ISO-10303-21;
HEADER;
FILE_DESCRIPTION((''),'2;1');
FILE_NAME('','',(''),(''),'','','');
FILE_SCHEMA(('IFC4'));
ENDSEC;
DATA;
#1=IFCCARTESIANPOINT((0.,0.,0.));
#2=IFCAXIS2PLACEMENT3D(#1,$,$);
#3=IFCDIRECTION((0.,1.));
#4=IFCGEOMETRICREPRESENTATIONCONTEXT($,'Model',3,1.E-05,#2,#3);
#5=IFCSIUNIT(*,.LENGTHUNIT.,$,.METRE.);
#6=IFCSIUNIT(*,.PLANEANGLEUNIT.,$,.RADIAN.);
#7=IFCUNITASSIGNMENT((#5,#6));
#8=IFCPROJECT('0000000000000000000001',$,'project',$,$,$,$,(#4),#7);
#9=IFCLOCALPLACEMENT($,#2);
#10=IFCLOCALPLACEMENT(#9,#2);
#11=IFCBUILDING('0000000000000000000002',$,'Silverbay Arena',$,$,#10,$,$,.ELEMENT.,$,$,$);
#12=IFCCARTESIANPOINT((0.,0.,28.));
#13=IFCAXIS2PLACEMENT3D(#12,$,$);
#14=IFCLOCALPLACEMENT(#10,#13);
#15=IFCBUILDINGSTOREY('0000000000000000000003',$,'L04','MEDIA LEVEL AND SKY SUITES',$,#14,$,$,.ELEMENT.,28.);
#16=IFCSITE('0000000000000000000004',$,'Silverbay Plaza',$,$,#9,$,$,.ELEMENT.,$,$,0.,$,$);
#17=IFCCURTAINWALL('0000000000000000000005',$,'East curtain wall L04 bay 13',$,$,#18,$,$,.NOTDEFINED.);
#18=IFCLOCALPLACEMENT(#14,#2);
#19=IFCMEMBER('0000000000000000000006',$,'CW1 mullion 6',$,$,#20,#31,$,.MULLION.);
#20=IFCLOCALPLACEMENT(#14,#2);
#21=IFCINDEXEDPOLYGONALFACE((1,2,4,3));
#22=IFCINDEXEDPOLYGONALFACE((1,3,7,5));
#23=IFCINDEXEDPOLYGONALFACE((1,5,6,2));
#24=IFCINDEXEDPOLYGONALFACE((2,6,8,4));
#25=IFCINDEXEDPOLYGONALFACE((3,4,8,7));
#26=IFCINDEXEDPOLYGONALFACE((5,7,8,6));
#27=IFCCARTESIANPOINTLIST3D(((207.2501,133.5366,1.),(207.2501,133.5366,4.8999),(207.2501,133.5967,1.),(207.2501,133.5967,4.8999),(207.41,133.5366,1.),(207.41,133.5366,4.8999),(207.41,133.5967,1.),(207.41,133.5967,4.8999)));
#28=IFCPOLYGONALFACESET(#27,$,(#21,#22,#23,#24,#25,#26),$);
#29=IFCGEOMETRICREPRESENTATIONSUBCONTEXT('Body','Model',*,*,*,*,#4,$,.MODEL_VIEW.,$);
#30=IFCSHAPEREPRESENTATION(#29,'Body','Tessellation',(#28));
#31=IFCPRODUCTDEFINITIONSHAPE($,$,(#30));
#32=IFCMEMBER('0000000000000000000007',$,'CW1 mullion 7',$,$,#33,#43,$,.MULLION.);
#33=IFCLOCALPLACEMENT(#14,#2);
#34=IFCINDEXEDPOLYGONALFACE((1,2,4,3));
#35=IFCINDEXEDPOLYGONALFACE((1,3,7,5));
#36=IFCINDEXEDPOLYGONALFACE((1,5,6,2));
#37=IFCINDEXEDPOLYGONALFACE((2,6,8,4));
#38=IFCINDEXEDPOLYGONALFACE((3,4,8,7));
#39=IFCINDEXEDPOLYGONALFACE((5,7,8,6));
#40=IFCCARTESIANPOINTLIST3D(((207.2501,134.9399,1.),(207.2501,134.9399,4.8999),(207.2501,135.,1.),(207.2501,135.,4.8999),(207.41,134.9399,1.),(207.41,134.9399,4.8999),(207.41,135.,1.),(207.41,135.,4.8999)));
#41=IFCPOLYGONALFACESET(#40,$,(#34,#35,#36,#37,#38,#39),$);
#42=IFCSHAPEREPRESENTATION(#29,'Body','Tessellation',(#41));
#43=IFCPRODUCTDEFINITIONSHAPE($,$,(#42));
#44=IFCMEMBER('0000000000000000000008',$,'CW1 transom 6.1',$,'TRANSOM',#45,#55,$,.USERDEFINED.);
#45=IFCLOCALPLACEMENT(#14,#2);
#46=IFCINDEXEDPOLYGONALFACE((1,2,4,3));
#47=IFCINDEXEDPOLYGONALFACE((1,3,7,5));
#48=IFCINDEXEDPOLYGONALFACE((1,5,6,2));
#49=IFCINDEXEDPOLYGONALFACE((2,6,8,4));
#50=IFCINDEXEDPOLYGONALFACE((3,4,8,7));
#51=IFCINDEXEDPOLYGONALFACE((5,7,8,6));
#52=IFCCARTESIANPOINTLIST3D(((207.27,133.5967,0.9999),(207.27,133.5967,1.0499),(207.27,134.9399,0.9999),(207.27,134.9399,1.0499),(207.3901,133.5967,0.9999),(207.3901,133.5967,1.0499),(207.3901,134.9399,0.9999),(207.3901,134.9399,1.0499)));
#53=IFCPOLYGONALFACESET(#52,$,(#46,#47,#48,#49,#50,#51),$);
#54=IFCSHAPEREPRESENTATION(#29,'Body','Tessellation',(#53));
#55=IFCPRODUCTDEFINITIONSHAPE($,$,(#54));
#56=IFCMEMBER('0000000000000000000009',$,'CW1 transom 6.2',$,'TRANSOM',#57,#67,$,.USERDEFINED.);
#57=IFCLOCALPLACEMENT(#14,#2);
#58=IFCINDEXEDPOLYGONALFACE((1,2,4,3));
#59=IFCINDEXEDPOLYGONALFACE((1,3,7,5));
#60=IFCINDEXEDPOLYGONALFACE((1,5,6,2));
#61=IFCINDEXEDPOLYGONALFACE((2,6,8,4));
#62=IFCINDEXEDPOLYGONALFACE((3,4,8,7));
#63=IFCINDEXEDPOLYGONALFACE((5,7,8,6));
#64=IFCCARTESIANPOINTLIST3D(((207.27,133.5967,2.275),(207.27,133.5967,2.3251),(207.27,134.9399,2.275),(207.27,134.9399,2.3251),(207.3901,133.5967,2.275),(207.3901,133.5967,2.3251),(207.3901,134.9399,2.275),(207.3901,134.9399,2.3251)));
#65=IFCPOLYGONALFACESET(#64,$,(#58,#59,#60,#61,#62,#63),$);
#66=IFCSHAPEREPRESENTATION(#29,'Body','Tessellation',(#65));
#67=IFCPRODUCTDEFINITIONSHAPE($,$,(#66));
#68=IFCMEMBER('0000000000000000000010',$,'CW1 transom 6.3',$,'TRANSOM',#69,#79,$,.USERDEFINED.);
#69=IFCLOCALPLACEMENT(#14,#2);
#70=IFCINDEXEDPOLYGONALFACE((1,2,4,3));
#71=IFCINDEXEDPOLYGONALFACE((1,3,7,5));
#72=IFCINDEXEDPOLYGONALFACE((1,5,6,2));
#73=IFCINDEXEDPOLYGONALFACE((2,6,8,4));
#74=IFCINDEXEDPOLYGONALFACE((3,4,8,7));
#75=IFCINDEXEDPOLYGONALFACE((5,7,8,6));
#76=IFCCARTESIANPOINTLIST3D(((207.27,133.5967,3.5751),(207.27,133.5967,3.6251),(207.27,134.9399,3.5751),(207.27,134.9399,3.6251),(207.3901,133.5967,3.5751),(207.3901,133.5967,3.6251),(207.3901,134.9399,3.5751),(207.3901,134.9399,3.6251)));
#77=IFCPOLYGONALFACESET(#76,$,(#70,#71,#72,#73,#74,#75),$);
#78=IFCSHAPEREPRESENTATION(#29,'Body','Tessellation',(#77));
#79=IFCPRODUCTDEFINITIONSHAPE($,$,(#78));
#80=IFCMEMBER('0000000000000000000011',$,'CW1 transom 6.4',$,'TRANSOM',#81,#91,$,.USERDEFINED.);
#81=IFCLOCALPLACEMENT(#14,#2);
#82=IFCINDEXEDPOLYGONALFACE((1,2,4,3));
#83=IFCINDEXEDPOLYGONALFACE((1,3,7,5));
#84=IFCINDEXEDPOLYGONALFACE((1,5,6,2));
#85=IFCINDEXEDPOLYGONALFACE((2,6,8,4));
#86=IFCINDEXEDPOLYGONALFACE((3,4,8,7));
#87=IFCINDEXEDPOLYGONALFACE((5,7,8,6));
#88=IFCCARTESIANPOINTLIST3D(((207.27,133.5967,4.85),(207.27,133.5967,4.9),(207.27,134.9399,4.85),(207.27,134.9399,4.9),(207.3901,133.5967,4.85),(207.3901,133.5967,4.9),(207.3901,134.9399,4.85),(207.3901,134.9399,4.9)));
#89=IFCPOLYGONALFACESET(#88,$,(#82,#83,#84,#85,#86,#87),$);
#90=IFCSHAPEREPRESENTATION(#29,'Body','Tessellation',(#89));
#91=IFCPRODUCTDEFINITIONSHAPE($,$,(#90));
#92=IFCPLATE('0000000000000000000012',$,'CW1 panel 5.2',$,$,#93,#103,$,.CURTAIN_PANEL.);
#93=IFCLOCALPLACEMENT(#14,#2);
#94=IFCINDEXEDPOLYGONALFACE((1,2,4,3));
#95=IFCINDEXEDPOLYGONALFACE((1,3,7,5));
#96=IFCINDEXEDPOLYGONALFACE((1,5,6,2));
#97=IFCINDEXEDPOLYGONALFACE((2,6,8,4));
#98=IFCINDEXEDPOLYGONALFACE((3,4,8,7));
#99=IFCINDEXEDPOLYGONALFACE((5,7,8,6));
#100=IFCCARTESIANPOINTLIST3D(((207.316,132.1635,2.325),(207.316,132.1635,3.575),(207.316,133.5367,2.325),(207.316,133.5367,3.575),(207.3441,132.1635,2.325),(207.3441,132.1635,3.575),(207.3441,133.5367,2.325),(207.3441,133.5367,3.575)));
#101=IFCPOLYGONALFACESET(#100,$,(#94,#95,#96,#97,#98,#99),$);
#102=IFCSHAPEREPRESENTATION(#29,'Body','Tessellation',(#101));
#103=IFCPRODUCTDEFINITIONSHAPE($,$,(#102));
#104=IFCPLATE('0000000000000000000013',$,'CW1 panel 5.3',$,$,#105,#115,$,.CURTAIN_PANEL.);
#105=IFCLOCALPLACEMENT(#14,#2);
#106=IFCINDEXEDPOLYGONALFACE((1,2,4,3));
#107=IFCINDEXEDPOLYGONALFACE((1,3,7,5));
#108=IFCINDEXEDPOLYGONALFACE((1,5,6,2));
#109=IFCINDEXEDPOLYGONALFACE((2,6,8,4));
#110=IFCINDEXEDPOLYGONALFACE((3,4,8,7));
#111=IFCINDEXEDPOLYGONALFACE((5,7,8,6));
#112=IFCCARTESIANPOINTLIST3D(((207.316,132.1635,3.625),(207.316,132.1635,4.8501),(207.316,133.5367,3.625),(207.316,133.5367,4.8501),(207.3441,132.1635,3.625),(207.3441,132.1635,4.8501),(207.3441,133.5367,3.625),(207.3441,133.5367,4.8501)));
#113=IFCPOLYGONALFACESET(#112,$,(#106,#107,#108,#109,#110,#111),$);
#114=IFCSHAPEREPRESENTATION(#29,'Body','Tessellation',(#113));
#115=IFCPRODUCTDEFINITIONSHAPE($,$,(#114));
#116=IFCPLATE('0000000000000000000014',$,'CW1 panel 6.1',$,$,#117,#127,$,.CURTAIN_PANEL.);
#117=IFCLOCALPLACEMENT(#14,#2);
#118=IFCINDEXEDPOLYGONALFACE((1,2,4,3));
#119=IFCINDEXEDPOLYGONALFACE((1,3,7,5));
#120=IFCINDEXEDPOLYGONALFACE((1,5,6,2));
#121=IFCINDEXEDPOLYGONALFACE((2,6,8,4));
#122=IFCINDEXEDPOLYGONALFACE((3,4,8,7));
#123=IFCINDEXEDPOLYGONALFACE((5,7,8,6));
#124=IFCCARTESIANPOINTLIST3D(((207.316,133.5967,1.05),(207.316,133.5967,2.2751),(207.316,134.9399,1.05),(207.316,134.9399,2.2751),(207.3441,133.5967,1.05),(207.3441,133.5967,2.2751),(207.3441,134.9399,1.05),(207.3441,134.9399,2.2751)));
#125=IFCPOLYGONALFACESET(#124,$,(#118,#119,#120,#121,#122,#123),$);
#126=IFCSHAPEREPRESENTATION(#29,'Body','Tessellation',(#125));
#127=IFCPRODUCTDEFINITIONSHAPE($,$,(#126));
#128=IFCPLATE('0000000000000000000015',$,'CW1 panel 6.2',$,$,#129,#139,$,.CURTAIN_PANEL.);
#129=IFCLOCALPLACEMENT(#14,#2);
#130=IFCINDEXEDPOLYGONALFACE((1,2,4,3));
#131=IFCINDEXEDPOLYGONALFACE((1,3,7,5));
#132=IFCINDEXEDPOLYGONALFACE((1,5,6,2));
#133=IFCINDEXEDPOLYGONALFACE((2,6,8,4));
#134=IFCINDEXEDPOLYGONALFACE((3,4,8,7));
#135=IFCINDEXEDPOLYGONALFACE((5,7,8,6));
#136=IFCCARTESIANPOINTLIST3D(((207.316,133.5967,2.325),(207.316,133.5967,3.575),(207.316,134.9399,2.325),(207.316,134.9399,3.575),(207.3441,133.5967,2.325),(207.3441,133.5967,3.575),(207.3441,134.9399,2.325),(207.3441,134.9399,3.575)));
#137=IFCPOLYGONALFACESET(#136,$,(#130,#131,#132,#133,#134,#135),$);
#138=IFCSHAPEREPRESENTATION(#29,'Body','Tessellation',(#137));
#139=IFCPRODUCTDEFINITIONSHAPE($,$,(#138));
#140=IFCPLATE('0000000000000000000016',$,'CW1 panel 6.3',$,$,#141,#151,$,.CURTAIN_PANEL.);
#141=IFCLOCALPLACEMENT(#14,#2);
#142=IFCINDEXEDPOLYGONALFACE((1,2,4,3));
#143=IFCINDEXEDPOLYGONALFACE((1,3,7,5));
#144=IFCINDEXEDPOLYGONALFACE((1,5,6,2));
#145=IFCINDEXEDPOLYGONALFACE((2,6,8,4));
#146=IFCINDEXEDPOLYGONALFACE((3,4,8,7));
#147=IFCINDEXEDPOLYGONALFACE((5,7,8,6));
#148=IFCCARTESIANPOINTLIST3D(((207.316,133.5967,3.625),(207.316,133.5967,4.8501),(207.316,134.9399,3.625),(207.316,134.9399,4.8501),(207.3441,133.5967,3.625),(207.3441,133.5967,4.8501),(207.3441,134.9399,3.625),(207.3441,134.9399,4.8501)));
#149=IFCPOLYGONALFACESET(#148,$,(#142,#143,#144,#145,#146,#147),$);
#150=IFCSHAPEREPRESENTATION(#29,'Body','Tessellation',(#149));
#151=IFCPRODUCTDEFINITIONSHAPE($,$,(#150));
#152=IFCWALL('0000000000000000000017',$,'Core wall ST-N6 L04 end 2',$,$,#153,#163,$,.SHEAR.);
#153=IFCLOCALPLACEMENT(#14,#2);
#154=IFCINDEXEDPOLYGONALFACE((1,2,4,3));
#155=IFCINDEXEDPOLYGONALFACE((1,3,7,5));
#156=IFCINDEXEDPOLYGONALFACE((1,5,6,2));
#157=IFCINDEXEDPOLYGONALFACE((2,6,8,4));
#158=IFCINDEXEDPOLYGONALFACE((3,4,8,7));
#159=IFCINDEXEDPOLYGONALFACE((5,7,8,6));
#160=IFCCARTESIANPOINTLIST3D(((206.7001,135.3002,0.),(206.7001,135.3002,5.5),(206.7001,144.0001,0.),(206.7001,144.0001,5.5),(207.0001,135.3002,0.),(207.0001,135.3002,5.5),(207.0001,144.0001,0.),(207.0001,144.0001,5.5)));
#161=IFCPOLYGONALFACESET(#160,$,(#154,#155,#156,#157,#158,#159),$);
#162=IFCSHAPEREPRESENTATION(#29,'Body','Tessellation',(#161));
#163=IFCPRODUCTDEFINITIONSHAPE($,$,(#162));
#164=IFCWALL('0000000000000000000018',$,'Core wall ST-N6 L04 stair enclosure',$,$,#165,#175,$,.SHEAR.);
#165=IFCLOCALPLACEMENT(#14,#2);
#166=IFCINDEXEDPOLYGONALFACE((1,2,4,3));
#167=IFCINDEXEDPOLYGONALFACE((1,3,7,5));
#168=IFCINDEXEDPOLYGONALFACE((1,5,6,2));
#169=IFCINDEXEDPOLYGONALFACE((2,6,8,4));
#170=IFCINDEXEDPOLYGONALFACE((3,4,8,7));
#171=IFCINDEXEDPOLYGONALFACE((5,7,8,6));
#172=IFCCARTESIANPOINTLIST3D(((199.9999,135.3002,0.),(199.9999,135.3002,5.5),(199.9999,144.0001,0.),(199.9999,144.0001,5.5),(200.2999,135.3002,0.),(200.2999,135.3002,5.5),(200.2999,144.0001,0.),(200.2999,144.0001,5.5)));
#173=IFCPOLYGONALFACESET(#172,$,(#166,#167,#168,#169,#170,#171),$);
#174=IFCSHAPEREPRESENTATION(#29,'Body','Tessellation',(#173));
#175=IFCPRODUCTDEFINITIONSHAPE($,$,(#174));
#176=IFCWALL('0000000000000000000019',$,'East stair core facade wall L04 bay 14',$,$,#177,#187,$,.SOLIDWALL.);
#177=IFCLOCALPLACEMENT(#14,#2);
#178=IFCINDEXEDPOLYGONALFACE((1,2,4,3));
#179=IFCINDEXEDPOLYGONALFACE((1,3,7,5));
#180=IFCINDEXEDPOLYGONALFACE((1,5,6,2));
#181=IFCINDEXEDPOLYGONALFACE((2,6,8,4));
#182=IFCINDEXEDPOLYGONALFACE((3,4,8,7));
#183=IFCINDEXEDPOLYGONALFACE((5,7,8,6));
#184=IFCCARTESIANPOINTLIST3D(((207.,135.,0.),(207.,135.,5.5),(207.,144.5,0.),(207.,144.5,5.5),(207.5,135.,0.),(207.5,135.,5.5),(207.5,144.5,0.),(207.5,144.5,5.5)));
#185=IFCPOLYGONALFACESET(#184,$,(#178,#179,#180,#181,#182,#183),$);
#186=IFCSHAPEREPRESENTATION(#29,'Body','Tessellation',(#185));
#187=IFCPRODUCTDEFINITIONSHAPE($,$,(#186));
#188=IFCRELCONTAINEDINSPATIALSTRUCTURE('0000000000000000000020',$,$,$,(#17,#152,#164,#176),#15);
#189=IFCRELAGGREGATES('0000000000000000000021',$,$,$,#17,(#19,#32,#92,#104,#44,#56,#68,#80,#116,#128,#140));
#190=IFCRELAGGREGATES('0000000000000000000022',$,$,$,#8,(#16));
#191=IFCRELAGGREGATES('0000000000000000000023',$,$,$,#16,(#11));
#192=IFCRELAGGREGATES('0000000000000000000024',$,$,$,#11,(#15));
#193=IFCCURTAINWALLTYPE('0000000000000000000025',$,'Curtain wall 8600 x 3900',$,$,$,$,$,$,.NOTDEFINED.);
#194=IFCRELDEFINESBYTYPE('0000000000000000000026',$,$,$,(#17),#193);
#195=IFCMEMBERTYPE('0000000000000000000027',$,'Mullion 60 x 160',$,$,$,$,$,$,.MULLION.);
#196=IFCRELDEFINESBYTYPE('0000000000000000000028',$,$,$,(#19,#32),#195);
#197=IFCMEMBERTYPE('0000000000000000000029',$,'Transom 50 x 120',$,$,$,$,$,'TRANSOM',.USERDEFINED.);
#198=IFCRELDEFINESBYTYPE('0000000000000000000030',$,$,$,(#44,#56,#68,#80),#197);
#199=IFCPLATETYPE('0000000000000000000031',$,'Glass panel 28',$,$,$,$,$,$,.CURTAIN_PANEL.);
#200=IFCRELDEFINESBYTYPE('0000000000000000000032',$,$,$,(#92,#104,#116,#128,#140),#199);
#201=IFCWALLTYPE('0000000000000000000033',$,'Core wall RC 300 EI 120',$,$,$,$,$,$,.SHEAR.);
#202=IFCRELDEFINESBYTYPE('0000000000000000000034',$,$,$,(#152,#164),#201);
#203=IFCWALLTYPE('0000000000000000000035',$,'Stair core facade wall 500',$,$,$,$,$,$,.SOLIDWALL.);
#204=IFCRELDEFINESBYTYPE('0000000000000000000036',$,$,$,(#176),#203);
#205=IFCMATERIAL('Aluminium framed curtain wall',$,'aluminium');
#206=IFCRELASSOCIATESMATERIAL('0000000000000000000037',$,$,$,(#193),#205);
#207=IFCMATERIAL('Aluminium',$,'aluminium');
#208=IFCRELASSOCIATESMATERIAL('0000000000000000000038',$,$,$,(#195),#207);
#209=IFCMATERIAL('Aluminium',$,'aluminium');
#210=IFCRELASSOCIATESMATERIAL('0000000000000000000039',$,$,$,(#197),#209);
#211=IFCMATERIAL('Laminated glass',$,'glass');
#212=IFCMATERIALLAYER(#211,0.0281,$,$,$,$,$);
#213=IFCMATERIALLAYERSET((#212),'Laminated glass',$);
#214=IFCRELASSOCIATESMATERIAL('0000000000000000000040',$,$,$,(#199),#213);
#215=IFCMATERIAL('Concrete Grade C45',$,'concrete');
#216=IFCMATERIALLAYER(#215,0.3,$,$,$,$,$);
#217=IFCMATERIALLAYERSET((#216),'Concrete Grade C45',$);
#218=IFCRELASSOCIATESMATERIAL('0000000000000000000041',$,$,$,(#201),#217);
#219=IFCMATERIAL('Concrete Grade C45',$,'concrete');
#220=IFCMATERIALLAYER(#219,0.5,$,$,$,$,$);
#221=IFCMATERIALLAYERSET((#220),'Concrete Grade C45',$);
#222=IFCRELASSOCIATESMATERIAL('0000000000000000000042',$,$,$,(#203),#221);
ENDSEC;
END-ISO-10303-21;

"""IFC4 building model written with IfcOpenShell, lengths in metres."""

from ifc_helpers import new_model, si_unit, direction, frame, frame_2d, origin, origin_2d, place, context, subcontext, project, spatial, rectangle, extrude, material, layer, layer_set, material_profile, profile_set, type_object, element, aggregate, save


model = new_model("IFC4")

# Units and contexts
model_context = context("Model", 3, precision=1e-05, world=origin(), true_north=direction((0.0, 1.0)))
body_context = subcontext(model_context, "Body", "Model", "MODEL_VIEW")
ifc_project = project(units=[si_unit("LENGTHUNIT", "METRE"), si_unit("PLANEANGLEUNIT", "RADIAN")], contexts=[model_context])

# Site, building, storey
site_placement = place(None, origin())
site = spatial("IfcSite", under=ifc_project, at=site_placement, Name="Silverbay Plaza", CompositionType="ELEMENT", RefElevation=0.0)
building_placement = place(site_placement, origin())
building = spatial("IfcBuilding", under=site, at=building_placement, Name="Silverbay Arena", CompositionType="ELEMENT")
storey_placement = place(building_placement, frame((0.0, 0.0, 28.0)))
storey = spatial("IfcBuildingStorey", under=building, at=storey_placement, Name="L04", Description="MEDIA LEVEL AND SKY SUITES", CompositionType="ELEMENT", Elevation=28.0)

# Curtain wall, members, plates
ifc_material_1 = material(Name="Aluminium framed curtain wall", Category="aluminium")
curtain_wall_type = type_object("IfcCurtainWallType", Name="Curtain wall 8600 x 3900", PredefinedType="NOTDEFINED", material=ifc_material_1)
curtain_wall_placement = place(storey_placement, origin())
curtain_wall = element("IfcCurtainWall", 1, at=curtain_wall_placement, inside=storey, type_object=curtain_wall_type, Name="East curtain wall L04 bay 13", PredefinedType="NOTDEFINED")
ifc_material_2 = material(Name="Aluminium", Category="aluminium")
ifc_material_profile_1 = material_profile(ifc_material_2, rectangle(XDim=0.1599, YDim=0.0601, at=origin_2d()), Name="Mullion 60 x 160")
ifc_profile_set_1 = profile_set([ifc_material_profile_1], Name="Aluminium")
member_type_1 = type_object("IfcMemberType", Name="Mullion 60 x 160", PredefinedType="MULLION", material=ifc_profile_set_1)
member_1_placement = place(storey_placement, frame((207.3301, 133.5667, 1.0), z_axis=(0.0, 0.0, 1.0), x_axis=(-1.0, 0.0, 0.0)))
member_1 = element("IfcMember", 2, at=member_1_placement, type_object=member_type_1, Name="CW1 mullion 6", PredefinedType="MULLION", context=body_context, shape_type="SweptSolid", body=[
    extrude(rectangle(XDim=0.1599, YDim=0.0601, at=origin_2d()), origin(), (0.0, 0.0, 1.0), 3.8999),
])
member_2_placement = place(storey_placement, frame((207.3301, 134.97, 1.0), z_axis=(0.0, 0.0, 1.0), x_axis=(-1.0, 0.0, 0.0)))
member_2 = element("IfcMember", 3, at=member_2_placement, type_object=member_type_1, Name="CW1 mullion 7", PredefinedType="MULLION", context=body_context, shape_type="SweptSolid", body=[
    extrude(rectangle(XDim=0.1599, YDim=0.0601, at=origin_2d()), origin(), (0.0, 0.0, 1.0), 3.8999),
])
ifc_material_3 = material(Name="Aluminium", Category="aluminium")
ifc_material_profile_2 = material_profile(ifc_material_3, rectangle(XDim=0.1201, YDim=0.05, at=origin_2d()), Name="Transom 50 x 120")
ifc_profile_set_2 = profile_set([ifc_material_profile_2], Name="Aluminium")
member_type_2 = type_object("IfcMemberType", Name="Transom 50 x 120", ElementType="TRANSOM", PredefinedType="USERDEFINED", material=ifc_profile_set_2)
member_3_placement = place(storey_placement, frame((207.3301, 133.5967, 1.0249), z_axis=(0.0, 1.0, 0.0), x_axis=(-1.0, 0.0, 0.0)))
member_3 = element("IfcMember", 4, at=member_3_placement, type_object=member_type_2, Name="CW1 transom 6.1", ObjectType="TRANSOM", PredefinedType="USERDEFINED", context=body_context, shape_type="SweptSolid", body=[
    extrude(rectangle(XDim=0.1201, YDim=0.05, at=origin_2d()), origin(), (0.0, 0.0, 1.0), 1.3433),
])
member_4_placement = place(storey_placement, frame((207.3301, 133.5967, 2.3), z_axis=(0.0, 1.0, 0.0), x_axis=(-1.0, 0.0, 0.0)))
member_4 = element("IfcMember", 5, at=member_4_placement, type_object=member_type_2, Name="CW1 transom 6.2", ObjectType="TRANSOM", PredefinedType="USERDEFINED", context=body_context, shape_type="SweptSolid", body=[
    extrude(rectangle(XDim=0.1201, YDim=0.05, at=origin_2d()), origin(), (0.0, 0.0, 1.0), 1.3433),
])
member_5_placement = place(storey_placement, frame((207.3301, 133.5967, 3.6001), z_axis=(0.0, 1.0, 0.0), x_axis=(-1.0, 0.0, 0.0)))
member_5 = element("IfcMember", 6, at=member_5_placement, type_object=member_type_2, Name="CW1 transom 6.3", ObjectType="TRANSOM", PredefinedType="USERDEFINED", context=body_context, shape_type="SweptSolid", body=[
    extrude(rectangle(XDim=0.1201, YDim=0.05, at=origin_2d()), origin(), (0.0, 0.0, 1.0), 1.3433),
])
member_6_placement = place(storey_placement, frame((207.3301, 133.5967, 4.875), z_axis=(0.0, 1.0, 0.0), x_axis=(-1.0, 0.0, 0.0)))
member_6 = element("IfcMember", 7, at=member_6_placement, type_object=member_type_2, Name="CW1 transom 6.4", ObjectType="TRANSOM", PredefinedType="USERDEFINED", context=body_context, shape_type="SweptSolid", body=[
    extrude(rectangle(XDim=0.1201, YDim=0.05, at=origin_2d()), origin(), (0.0, 0.0, 1.0), 1.3433),
])
ifc_material_4 = material(Name="Laminated glass", Category="glass")
ifc_layer_1 = layer(ifc_material_4, 0.0281)
ifc_layer_set_1 = layer_set([ifc_layer_1], Name="Laminated glass")
plate_type = type_object("IfcPlateType", Name="Glass panel 28", PredefinedType="CURTAIN_PANEL", material=ifc_layer_set_1)
plate_1_placement = place(storey_placement, frame((207.3301, 132.8501, 2.325), z_axis=(0.0, 0.0, 1.0), x_axis=(0.0, 1.0, 0.0)))
plate_1 = element("IfcPlate", 8, at=plate_1_placement, type_object=plate_type, Name="CW1 panel 5.2", PredefinedType="CURTAIN_PANEL", context=body_context, shape_type="SweptSolid", body=[
    extrude(rectangle(XDim=1.3733, YDim=0.0281, at=origin_2d()), origin(), (0.0, 0.0, 1.0), 1.25),
])
plate_2_placement = place(storey_placement, frame((207.3301, 132.8501, 3.625), z_axis=(0.0, 0.0, 1.0), x_axis=(0.0, 1.0, 0.0)))
plate_2 = element("IfcPlate", 9, at=plate_2_placement, type_object=plate_type, Name="CW1 panel 5.3", PredefinedType="CURTAIN_PANEL", context=body_context, shape_type="SweptSolid", body=[
    extrude(rectangle(XDim=1.3733, YDim=0.0281, at=origin_2d()), origin(), (0.0, 0.0, 1.0), 1.2251),
])
plate_3_placement = place(storey_placement, frame((207.3301, 134.2683, 1.05), z_axis=(0.0, 0.0, 1.0), x_axis=(0.0, 1.0, 0.0)))
plate_3 = element("IfcPlate", 10, at=plate_3_placement, type_object=plate_type, Name="CW1 panel 6.1", PredefinedType="CURTAIN_PANEL", context=body_context, shape_type="SweptSolid", body=[
    extrude(rectangle(XDim=1.3433, YDim=0.0281, at=origin_2d()), origin(), (0.0, 0.0, 1.0), 1.2251),
])
plate_4_placement = place(storey_placement, frame((207.3301, 134.2683, 2.325), z_axis=(0.0, 0.0, 1.0), x_axis=(0.0, 1.0, 0.0)))
plate_4 = element("IfcPlate", 11, at=plate_4_placement, type_object=plate_type, Name="CW1 panel 6.2", PredefinedType="CURTAIN_PANEL", context=body_context, shape_type="SweptSolid", body=[
    extrude(rectangle(XDim=1.3433, YDim=0.0281, at=origin_2d()), origin(), (0.0, 0.0, 1.0), 1.25),
])
plate_5_placement = place(storey_placement, frame((207.3301, 134.2683, 3.625), z_axis=(0.0, 0.0, 1.0), x_axis=(0.0, 1.0, 0.0)))
plate_5 = element("IfcPlate", 12, at=plate_5_placement, type_object=plate_type, Name="CW1 panel 6.3", PredefinedType="CURTAIN_PANEL", context=body_context, shape_type="SweptSolid", body=[
    extrude(rectangle(XDim=1.3433, YDim=0.0281, at=origin_2d()), origin(), (0.0, 0.0, 1.0), 1.2251),
])
aggregate(curtain_wall, [member_1, member_2, plate_1, plate_2, member_3, member_4, member_5, member_6, plate_3, plate_4, plate_5])

# Walls
ifc_material_5 = material(Name="Concrete Grade C45", Category="concrete")
ifc_layer_2 = layer(ifc_material_5, 0.3)
ifc_layer_set_2 = layer_set([ifc_layer_2], Name="Concrete Grade C45")
wall_type_1 = type_object("IfcWallType", Name="Core wall RC 300 EI 120", PredefinedType="SHEAR", material=ifc_layer_set_2)
for number, where, z_axis, x_axis, name in (
    (13, (206.8501, 135.3, 0.0), (0.0, 0.0, 1.0), (0.0, 1.0, 0.0), "Core wall ST-N6 L04 end 2"),
    (14, (200.1499, 135.3, 0.0), (0.0, 0.0, 1.0), (0.0, 1.0, 0.0), "Core wall ST-N6 L04 stair enclosure"),
):
    element("IfcWall", number, at=place(storey_placement, frame(where, z_axis=z_axis, x_axis=x_axis)), inside=storey, type_object=wall_type_1, Name=name, PredefinedType="SHEAR", context=body_context, shape_type="SweptSolid", body=[
        extrude(rectangle(XDim=8.7, YDim=0.3, at=frame_2d((4.3501, 0.0))), origin(), (0.0, 0.0, 1.0), 5.5),
    ])
ifc_material_6 = material(Name="Concrete Grade C45", Category="concrete")
ifc_layer_3 = layer(ifc_material_6, 0.5)
ifc_layer_set_3 = layer_set([ifc_layer_3], Name="Concrete Grade C45")
wall_type_2 = type_object("IfcWallType", Name="Stair core facade wall 500", PredefinedType="SOLIDWALL", material=ifc_layer_set_3)
wall_placement = place(storey_placement, frame((207.25, 135.0, 0.0), z_axis=(0.0, 0.0, 1.0), x_axis=(0.0, 1.0, 0.0)))
element("IfcWall", 15, at=wall_placement, inside=storey, type_object=wall_type_2, Name="East stair core facade wall L04 bay 14", PredefinedType="SOLIDWALL", context=body_context, shape_type="SweptSolid", body=[
    extrude(rectangle(XDim=9.5, YDim=0.5, at=frame_2d((4.75, 0.0))), origin(), (0.0, 0.0, 1.0), 5.5),
])

save(model, "model.ifc")
